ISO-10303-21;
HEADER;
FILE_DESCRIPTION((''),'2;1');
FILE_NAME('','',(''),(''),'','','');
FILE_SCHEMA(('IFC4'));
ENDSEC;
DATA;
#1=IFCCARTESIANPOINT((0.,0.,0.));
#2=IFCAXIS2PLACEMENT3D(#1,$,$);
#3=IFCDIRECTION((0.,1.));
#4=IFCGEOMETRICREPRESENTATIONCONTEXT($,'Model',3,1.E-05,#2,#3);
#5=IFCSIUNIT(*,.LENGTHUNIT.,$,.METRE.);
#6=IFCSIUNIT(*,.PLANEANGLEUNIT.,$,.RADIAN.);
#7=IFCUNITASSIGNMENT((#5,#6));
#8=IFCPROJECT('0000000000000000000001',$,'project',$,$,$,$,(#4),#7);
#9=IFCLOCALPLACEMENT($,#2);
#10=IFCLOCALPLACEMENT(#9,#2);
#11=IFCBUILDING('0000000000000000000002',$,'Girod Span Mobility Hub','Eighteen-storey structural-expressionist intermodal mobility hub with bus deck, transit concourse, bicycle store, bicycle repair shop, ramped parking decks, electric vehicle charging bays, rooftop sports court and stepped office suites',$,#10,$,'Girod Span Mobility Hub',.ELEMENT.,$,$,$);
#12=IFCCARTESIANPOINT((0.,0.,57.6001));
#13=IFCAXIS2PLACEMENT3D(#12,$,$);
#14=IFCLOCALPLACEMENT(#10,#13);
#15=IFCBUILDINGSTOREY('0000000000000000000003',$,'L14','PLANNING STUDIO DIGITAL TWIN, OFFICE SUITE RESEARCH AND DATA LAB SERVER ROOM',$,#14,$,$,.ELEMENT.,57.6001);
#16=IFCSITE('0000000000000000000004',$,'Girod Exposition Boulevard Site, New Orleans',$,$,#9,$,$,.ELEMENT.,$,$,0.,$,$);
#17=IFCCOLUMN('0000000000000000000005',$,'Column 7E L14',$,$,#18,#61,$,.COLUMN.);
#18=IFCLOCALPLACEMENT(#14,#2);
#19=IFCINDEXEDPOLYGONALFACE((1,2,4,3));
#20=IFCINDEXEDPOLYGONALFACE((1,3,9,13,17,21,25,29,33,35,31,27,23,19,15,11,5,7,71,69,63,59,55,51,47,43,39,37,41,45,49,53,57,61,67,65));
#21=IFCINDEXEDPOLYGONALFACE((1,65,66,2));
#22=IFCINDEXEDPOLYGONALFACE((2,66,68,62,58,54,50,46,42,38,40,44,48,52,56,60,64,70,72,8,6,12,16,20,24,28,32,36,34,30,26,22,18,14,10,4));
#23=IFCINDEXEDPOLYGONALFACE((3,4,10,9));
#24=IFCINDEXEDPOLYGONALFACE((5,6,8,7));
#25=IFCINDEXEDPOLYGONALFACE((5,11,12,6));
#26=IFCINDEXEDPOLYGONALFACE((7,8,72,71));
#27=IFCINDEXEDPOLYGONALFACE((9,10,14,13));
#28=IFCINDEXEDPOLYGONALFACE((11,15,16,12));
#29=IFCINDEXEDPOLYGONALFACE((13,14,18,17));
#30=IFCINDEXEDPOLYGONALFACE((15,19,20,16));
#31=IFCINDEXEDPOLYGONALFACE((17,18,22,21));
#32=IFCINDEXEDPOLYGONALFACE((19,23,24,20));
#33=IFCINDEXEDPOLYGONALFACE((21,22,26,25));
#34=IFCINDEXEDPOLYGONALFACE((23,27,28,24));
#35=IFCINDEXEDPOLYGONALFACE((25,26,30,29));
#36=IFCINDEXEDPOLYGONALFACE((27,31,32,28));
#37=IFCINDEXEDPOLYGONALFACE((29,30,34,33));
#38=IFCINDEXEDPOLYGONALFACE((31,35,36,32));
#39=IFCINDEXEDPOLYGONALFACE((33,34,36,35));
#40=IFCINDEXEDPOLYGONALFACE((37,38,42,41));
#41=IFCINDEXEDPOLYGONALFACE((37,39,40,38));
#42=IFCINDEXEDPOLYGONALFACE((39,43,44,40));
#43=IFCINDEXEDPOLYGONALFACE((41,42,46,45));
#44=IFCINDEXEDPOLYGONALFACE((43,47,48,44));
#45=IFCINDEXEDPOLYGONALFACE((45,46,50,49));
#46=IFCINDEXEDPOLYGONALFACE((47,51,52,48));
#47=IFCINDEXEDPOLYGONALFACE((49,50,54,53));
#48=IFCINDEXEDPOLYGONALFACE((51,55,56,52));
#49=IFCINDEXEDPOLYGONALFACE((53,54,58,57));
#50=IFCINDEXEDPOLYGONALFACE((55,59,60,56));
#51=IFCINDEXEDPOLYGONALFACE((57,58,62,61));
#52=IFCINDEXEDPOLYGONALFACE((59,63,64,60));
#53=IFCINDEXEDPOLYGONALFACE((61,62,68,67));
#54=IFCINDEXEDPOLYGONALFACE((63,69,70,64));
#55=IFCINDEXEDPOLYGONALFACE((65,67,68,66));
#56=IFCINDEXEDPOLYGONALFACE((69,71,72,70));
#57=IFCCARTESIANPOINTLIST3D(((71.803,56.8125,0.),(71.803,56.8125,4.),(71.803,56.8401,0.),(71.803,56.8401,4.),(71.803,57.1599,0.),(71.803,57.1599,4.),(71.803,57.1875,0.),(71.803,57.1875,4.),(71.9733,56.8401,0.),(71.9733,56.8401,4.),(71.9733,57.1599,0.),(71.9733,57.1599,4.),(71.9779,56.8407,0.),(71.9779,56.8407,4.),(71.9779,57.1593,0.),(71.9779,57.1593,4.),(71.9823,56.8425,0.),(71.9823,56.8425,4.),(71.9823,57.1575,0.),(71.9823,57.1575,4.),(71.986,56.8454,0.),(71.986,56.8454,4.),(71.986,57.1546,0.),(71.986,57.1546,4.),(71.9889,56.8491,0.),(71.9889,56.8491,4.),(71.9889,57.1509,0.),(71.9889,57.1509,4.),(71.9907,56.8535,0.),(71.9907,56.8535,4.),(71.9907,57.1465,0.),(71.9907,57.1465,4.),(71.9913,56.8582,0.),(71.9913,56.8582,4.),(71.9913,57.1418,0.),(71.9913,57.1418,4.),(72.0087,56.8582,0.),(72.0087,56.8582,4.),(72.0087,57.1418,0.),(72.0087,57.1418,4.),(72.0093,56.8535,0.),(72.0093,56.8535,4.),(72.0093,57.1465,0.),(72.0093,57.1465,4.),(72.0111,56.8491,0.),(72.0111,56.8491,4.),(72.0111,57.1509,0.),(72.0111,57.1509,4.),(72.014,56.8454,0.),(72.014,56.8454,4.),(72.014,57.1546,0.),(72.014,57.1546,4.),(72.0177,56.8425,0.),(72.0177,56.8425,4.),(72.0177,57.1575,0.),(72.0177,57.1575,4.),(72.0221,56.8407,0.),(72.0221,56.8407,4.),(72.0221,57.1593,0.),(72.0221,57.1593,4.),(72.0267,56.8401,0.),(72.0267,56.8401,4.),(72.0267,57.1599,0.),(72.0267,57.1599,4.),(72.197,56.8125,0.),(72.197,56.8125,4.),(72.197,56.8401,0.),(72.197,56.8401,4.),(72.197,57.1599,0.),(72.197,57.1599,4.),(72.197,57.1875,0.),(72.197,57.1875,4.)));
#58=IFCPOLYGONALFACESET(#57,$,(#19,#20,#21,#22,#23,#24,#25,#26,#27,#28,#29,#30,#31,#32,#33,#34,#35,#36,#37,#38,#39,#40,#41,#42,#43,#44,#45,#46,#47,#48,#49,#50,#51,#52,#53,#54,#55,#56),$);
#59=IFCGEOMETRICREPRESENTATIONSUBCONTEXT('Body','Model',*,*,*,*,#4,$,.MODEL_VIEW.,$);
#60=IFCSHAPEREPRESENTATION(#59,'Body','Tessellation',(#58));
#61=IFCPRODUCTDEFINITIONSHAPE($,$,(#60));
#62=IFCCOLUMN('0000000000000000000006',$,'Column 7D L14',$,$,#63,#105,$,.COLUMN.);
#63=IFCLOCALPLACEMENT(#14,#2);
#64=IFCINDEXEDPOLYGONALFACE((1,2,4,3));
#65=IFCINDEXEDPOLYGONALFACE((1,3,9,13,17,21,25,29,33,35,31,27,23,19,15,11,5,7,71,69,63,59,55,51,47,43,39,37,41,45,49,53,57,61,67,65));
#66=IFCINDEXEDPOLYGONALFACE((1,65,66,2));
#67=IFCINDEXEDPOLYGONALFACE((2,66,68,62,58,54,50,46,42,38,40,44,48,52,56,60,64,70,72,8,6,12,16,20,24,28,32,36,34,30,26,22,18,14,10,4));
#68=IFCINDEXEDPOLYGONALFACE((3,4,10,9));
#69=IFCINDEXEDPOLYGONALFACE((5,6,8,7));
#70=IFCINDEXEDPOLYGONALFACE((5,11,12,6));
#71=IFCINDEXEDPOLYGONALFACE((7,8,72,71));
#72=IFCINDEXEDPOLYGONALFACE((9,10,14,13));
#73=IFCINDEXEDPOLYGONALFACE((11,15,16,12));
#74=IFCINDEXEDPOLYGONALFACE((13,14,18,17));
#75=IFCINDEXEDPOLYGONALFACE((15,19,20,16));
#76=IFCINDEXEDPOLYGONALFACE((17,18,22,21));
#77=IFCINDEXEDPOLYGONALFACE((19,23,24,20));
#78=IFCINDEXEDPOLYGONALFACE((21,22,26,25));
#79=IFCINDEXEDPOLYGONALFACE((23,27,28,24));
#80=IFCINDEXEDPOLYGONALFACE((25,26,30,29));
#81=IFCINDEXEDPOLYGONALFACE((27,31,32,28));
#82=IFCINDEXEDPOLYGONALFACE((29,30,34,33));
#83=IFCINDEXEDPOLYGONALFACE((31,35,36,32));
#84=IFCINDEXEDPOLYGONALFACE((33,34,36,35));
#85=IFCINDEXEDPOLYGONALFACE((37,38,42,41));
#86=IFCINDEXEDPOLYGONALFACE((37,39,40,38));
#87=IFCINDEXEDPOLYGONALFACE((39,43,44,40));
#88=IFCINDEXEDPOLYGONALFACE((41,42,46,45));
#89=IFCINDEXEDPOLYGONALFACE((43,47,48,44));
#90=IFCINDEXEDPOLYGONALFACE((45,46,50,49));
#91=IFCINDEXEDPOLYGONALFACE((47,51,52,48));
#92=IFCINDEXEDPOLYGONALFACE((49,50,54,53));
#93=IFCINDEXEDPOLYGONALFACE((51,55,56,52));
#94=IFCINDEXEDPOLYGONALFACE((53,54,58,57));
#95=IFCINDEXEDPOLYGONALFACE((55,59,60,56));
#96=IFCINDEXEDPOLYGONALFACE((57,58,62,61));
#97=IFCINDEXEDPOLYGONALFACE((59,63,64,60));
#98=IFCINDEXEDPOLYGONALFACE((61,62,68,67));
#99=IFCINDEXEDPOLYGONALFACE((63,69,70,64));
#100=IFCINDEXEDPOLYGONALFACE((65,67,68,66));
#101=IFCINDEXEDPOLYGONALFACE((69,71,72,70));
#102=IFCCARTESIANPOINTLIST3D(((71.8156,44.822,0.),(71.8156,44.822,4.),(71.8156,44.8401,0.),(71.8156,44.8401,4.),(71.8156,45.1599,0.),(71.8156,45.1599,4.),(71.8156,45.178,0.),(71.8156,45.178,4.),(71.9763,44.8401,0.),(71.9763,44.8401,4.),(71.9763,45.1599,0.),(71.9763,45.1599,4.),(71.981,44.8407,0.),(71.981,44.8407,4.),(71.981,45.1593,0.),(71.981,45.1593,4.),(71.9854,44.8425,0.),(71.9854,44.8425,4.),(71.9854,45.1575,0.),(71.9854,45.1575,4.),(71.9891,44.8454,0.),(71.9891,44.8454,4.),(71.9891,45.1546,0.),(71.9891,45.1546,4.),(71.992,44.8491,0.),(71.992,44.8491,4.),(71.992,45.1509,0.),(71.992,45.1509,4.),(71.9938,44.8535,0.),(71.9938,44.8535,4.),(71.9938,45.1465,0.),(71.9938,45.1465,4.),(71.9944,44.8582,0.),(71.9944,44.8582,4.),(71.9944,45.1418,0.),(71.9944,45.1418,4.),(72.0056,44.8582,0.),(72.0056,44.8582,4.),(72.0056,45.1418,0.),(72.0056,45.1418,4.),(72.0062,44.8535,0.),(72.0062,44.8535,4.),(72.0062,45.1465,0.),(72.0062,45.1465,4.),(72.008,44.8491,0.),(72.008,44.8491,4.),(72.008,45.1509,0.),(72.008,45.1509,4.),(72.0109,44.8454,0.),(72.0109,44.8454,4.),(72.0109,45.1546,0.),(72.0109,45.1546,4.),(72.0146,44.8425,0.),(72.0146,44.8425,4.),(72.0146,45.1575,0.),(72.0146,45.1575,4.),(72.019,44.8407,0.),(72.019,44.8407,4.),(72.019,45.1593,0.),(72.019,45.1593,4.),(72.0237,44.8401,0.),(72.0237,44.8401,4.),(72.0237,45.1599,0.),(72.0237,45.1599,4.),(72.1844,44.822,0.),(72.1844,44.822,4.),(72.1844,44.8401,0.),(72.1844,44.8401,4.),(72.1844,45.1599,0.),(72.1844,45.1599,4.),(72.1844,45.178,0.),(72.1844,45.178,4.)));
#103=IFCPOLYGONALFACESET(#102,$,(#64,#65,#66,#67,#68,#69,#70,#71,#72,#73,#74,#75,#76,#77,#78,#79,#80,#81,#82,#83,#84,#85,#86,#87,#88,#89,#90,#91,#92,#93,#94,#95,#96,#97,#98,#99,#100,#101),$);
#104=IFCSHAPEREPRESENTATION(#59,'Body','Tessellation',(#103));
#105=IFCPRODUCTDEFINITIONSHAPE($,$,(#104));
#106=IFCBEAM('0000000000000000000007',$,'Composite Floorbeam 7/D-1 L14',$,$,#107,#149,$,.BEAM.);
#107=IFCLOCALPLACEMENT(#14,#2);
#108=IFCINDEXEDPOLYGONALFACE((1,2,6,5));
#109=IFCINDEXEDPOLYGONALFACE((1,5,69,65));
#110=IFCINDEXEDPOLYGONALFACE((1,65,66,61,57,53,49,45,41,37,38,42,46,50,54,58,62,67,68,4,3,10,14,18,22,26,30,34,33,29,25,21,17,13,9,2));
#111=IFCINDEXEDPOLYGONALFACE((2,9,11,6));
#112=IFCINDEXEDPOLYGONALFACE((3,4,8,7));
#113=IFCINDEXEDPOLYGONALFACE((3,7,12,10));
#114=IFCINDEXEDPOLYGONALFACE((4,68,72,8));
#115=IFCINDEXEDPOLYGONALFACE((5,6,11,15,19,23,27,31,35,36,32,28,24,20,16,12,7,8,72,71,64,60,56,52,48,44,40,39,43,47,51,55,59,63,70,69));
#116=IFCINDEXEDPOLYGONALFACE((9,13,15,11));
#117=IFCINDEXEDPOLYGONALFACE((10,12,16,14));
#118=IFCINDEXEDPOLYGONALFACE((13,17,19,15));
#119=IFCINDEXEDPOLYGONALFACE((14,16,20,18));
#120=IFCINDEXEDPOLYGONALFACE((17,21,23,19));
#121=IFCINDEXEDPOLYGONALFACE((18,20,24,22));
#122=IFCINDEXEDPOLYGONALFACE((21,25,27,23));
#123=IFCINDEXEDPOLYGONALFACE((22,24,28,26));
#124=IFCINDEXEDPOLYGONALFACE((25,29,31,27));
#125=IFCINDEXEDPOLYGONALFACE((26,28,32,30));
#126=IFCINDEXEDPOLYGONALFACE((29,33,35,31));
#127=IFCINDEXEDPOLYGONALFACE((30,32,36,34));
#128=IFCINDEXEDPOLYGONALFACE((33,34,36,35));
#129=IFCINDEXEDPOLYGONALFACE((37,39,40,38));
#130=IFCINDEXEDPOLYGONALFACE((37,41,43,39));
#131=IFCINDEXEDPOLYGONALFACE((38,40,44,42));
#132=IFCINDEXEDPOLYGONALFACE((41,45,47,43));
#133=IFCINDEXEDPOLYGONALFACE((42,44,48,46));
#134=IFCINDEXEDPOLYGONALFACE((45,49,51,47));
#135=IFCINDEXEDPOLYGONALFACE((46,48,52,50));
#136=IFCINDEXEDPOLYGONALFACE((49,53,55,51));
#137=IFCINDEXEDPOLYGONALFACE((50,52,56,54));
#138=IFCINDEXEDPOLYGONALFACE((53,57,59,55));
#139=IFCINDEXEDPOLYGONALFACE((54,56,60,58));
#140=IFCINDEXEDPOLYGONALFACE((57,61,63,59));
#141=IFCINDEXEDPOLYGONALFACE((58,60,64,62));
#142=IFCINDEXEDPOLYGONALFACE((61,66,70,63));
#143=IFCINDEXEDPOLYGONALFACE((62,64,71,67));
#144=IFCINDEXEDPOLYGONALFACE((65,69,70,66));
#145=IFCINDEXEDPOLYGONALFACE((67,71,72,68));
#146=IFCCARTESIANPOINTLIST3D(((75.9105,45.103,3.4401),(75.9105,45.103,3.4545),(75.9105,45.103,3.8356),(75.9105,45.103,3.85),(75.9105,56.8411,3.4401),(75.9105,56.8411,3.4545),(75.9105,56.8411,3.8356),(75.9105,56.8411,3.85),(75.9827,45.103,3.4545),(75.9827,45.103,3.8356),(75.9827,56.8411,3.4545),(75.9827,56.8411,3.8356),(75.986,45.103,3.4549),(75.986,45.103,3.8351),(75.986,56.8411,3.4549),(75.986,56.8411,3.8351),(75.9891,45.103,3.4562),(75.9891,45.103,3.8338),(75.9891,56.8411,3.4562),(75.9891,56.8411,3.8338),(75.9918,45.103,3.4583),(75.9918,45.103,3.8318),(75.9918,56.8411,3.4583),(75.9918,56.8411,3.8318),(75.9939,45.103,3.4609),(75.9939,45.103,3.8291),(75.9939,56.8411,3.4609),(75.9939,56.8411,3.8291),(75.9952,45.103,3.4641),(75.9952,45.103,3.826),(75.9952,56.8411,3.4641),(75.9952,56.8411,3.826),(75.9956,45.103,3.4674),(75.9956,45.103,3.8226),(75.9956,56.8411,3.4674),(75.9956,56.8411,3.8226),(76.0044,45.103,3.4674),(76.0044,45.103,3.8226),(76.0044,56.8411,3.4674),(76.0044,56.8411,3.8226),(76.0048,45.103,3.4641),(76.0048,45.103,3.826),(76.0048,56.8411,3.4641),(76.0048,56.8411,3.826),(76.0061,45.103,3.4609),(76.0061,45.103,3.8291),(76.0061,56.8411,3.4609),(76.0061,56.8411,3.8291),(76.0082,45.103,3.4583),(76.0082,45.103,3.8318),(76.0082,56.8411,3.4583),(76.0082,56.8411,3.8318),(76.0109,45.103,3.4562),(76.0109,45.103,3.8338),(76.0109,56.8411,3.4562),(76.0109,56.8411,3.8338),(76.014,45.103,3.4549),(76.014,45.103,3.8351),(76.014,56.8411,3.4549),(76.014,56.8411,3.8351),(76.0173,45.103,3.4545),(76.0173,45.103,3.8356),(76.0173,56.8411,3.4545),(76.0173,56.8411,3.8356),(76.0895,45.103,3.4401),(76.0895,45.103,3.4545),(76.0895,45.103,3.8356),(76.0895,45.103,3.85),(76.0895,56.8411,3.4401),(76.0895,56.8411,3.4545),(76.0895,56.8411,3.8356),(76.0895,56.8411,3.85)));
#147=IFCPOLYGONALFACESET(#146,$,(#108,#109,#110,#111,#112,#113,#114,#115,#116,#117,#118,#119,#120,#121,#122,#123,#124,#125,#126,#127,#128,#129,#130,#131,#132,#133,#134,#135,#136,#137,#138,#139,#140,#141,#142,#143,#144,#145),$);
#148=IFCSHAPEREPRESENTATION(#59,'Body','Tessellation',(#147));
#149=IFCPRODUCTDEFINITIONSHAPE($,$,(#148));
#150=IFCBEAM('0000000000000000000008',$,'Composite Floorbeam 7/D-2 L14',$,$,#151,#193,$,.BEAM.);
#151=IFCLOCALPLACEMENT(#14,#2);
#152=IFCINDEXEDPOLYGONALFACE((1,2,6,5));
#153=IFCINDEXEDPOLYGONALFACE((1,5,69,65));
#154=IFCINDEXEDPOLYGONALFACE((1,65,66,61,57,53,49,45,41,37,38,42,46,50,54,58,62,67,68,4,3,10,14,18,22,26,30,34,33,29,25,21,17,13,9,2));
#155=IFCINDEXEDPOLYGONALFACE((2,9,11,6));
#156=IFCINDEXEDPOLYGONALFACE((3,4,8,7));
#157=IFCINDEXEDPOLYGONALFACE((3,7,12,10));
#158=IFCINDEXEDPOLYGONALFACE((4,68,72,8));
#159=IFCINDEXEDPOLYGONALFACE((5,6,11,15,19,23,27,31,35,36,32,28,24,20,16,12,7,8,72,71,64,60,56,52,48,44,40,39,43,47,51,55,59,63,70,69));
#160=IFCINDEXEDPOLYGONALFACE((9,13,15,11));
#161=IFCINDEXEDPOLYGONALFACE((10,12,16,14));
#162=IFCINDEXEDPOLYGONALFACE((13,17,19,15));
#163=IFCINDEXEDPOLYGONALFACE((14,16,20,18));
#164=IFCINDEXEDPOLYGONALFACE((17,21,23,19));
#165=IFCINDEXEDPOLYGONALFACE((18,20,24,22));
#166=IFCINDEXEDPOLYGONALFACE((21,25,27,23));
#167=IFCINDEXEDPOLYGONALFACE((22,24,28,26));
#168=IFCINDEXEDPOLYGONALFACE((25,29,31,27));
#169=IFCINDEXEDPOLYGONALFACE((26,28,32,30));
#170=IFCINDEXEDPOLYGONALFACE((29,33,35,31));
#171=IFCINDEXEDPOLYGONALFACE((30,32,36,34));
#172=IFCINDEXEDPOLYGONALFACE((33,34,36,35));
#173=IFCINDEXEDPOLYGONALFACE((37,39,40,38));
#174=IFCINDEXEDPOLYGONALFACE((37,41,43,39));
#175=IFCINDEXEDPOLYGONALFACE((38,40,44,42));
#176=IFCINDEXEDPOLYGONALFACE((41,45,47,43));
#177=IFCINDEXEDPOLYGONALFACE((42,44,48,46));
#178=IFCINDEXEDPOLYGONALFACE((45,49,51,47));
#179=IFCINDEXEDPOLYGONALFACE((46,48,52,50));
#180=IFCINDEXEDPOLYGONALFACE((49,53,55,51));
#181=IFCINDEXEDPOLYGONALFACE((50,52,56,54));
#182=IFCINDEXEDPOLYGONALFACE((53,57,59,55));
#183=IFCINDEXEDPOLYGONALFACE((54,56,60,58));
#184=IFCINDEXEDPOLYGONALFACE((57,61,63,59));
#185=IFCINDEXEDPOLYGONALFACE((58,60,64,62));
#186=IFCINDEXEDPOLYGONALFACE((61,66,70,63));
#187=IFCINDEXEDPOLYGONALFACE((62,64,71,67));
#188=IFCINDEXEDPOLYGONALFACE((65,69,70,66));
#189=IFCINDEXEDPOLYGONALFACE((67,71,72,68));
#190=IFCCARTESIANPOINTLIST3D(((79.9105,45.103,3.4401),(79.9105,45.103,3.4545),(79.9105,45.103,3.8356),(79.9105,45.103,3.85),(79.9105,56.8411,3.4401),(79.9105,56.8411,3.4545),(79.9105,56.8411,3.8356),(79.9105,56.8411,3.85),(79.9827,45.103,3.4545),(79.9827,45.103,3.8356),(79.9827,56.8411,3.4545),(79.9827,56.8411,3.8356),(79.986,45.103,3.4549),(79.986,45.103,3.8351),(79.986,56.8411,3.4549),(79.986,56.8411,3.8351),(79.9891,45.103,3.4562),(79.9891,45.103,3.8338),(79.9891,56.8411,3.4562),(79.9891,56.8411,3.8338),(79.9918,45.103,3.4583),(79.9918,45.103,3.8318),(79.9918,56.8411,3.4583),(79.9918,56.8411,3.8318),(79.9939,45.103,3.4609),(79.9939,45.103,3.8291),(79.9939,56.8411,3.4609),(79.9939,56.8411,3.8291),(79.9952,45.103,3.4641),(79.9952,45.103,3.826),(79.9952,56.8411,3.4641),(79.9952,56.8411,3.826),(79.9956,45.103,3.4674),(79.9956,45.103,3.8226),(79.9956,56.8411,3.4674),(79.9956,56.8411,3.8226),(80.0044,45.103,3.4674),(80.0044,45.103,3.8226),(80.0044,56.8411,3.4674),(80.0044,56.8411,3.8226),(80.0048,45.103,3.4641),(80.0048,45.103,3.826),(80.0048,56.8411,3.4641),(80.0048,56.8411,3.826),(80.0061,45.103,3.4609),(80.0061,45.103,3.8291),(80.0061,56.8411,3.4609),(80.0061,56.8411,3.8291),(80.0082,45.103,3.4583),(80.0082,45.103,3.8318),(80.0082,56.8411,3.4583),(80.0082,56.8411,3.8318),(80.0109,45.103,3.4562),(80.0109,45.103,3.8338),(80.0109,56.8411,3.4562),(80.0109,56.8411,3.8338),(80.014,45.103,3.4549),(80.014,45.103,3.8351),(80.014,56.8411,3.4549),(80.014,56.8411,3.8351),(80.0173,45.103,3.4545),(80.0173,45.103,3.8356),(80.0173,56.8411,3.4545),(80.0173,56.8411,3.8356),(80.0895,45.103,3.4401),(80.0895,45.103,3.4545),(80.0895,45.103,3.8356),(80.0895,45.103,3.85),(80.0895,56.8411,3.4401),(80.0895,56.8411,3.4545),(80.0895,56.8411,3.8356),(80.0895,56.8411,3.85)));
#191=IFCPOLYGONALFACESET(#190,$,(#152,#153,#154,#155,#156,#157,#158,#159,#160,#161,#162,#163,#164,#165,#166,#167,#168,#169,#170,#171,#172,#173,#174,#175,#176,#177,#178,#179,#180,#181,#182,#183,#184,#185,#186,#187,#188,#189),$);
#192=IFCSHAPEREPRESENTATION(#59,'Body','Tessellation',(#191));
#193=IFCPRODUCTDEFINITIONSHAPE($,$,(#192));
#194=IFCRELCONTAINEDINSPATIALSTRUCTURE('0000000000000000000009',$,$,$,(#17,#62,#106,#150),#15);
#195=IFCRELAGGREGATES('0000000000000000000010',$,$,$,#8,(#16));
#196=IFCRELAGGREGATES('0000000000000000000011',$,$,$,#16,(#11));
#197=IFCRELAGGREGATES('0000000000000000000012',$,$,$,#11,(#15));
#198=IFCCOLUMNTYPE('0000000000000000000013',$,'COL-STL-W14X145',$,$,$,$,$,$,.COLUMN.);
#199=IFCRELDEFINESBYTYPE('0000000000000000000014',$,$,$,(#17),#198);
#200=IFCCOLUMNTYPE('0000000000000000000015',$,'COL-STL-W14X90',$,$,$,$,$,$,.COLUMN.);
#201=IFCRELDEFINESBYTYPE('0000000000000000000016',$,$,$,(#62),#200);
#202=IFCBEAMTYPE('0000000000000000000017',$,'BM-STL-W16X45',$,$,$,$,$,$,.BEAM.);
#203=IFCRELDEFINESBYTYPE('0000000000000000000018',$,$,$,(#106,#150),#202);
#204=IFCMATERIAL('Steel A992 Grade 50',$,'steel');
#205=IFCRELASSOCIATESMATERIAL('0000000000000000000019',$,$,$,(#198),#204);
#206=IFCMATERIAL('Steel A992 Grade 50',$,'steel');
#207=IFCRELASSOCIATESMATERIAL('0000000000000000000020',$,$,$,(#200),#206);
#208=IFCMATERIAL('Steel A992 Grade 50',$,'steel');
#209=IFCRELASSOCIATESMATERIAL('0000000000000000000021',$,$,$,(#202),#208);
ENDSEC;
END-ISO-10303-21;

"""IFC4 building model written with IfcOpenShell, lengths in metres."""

from ifc_helpers import new_model, si_unit, direction, frame, origin, origin_2d, place, context, subcontext, project, spatial, i_section, extrude, material, material_profile, profile_set, type_object, element, save


model = new_model("IFC4")

# Units and contexts
model_context = context("Model", 3, precision=1e-05, world=origin(), true_north=direction((0.0, 1.0)))
body_context = subcontext(model_context, "Body", "Model", "MODEL_VIEW")
ifc_project = project(units=[si_unit("LENGTHUNIT", "METRE"), si_unit("PLANEANGLEUNIT", "RADIAN")], contexts=[model_context])

# Site, building, storey
site_placement = place(None, origin())
site = spatial("IfcSite", under=ifc_project, at=site_placement, Name="Girod Exposition Boulevard Site, New Orleans", CompositionType="ELEMENT", RefElevation=0.0)
building_placement = place(site_placement, origin())
building = spatial("IfcBuilding", under=site, at=building_placement, Name="Girod Span Mobility Hub", Description="Eighteen-storey structural-expressionist intermodal mobility hub with bus deck, transit concourse, bicycle store, bicycle repair shop, ramped parking decks, electric vehicle charging bays, rooftop sports court and stepped office suites", LongName="Girod Span Mobility Hub", CompositionType="ELEMENT")
storey_placement = place(building_placement, frame((0.0, 0.0, 57.6001)))
storey = spatial("IfcBuildingStorey", under=building, at=storey_placement, Name="L14", Description="PLANNING STUDIO DIGITAL TWIN, OFFICE SUITE RESEARCH AND DATA LAB SERVER ROOM", CompositionType="ELEMENT", Elevation=57.6001)

# Columns
ifc_material_1 = material(Name="Steel A992 Grade 50", Category="steel")
ifc_material_profile_1 = material_profile(ifc_material_1, i_section(OverallWidth=0.394, OverallDepth=0.375, WebThickness=0.0173, FlangeThickness=0.0276, FilletRadius=0.0181, at=origin_2d()), Name="W14X145")
ifc_profile_set_1 = profile_set([ifc_material_profile_1], Name="Steel A992 Grade 50")
column_type_1 = type_object("IfcColumnType", Name="COL-STL-W14X145", PredefinedType="COLUMN", material=ifc_profile_set_1)
column_1_placement = place(storey_placement, frame((72.0, 57.0, 0.0), z_axis=(0.0, 0.0, 1.0), x_axis=(1.0, 0.0, 0.0)))
element("IfcColumn", 1, at=column_1_placement, inside=storey, type_object=column_type_1, Name="Column 7E L14", PredefinedType="COLUMN", context=body_context, shape_type="SweptSolid", body=[
    extrude(i_section(OverallWidth=0.394, OverallDepth=0.375, WebThickness=0.0173, FlangeThickness=0.0276, FilletRadius=0.0181, at=origin_2d()), origin(), (0.0, 0.0, 1.0), 4.0),
])
ifc_material_2 = material(Name="Steel A992 Grade 50", Category="steel")
ifc_material_profile_2 = material_profile(ifc_material_2, i_section(OverallWidth=0.3689, OverallDepth=0.356, WebThickness=0.0112, FlangeThickness=0.0181, FilletRadius=0.0181, at=origin_2d()), Name="W14X90")
ifc_profile_set_2 = profile_set([ifc_material_profile_2], Name="Steel A992 Grade 50")
column_type_2 = type_object("IfcColumnType", Name="COL-STL-W14X90", PredefinedType="COLUMN", material=ifc_profile_set_2)
column_2_placement = place(storey_placement, frame((72.0, 45.0, 0.0), z_axis=(0.0, 0.0, 1.0), x_axis=(1.0, 0.0, 0.0)))
element("IfcColumn", 2, at=column_2_placement, inside=storey, type_object=column_type_2, Name="Column 7D L14", PredefinedType="COLUMN", context=body_context, shape_type="SweptSolid", body=[
    extrude(i_section(OverallWidth=0.3689, OverallDepth=0.356, WebThickness=0.0112, FlangeThickness=0.0181, FilletRadius=0.0181, at=origin_2d()), origin(), (0.0, 0.0, 1.0), 4.0),
])

# Beams
ifc_material_3 = material(Name="Steel A992 Grade 50", Category="steel")
ifc_material_profile_3 = material_profile(ifc_material_3, i_section(OverallWidth=0.179, OverallDepth=0.4099, WebThickness=0.0088, FlangeThickness=0.0144, FilletRadius=0.0129, at=origin_2d()), Name="W16X45")
ifc_profile_set_3 = profile_set([ifc_material_profile_3], Name="Steel A992 Grade 50")
beam_type_1 = type_object("IfcBeamType", Name="BM-STL-W16X45", PredefinedType="BEAM", material=ifc_profile_set_3)
for number, where, z_axis, x_axis, name in (
    (3, (76.0, 45.103, 3.645), (0.0, 1.0, 0.0), (-1.0, 0.0, 0.0), "Composite Floorbeam 7/D-1 L14"),
    (4, (80.0, 45.103, 3.645), (0.0, 1.0, 0.0), (-1.0, 0.0, 0.0), "Composite Floorbeam 7/D-2 L14"),
):
    element("IfcBeam", number, at=place(storey_placement, frame(where, z_axis=z_axis, x_axis=x_axis)), inside=storey, type_object=beam_type_1, Name=name, PredefinedType="BEAM", context=body_context, shape_type="SweptSolid", body=[
        extrude(i_section(OverallWidth=0.179, OverallDepth=0.4099, WebThickness=0.0088, FlangeThickness=0.0144, FilletRadius=0.0129, at=origin_2d()), origin(), (0.0, 0.0, 1.0), 11.738),
    ])

save(model, "model.ifc")
